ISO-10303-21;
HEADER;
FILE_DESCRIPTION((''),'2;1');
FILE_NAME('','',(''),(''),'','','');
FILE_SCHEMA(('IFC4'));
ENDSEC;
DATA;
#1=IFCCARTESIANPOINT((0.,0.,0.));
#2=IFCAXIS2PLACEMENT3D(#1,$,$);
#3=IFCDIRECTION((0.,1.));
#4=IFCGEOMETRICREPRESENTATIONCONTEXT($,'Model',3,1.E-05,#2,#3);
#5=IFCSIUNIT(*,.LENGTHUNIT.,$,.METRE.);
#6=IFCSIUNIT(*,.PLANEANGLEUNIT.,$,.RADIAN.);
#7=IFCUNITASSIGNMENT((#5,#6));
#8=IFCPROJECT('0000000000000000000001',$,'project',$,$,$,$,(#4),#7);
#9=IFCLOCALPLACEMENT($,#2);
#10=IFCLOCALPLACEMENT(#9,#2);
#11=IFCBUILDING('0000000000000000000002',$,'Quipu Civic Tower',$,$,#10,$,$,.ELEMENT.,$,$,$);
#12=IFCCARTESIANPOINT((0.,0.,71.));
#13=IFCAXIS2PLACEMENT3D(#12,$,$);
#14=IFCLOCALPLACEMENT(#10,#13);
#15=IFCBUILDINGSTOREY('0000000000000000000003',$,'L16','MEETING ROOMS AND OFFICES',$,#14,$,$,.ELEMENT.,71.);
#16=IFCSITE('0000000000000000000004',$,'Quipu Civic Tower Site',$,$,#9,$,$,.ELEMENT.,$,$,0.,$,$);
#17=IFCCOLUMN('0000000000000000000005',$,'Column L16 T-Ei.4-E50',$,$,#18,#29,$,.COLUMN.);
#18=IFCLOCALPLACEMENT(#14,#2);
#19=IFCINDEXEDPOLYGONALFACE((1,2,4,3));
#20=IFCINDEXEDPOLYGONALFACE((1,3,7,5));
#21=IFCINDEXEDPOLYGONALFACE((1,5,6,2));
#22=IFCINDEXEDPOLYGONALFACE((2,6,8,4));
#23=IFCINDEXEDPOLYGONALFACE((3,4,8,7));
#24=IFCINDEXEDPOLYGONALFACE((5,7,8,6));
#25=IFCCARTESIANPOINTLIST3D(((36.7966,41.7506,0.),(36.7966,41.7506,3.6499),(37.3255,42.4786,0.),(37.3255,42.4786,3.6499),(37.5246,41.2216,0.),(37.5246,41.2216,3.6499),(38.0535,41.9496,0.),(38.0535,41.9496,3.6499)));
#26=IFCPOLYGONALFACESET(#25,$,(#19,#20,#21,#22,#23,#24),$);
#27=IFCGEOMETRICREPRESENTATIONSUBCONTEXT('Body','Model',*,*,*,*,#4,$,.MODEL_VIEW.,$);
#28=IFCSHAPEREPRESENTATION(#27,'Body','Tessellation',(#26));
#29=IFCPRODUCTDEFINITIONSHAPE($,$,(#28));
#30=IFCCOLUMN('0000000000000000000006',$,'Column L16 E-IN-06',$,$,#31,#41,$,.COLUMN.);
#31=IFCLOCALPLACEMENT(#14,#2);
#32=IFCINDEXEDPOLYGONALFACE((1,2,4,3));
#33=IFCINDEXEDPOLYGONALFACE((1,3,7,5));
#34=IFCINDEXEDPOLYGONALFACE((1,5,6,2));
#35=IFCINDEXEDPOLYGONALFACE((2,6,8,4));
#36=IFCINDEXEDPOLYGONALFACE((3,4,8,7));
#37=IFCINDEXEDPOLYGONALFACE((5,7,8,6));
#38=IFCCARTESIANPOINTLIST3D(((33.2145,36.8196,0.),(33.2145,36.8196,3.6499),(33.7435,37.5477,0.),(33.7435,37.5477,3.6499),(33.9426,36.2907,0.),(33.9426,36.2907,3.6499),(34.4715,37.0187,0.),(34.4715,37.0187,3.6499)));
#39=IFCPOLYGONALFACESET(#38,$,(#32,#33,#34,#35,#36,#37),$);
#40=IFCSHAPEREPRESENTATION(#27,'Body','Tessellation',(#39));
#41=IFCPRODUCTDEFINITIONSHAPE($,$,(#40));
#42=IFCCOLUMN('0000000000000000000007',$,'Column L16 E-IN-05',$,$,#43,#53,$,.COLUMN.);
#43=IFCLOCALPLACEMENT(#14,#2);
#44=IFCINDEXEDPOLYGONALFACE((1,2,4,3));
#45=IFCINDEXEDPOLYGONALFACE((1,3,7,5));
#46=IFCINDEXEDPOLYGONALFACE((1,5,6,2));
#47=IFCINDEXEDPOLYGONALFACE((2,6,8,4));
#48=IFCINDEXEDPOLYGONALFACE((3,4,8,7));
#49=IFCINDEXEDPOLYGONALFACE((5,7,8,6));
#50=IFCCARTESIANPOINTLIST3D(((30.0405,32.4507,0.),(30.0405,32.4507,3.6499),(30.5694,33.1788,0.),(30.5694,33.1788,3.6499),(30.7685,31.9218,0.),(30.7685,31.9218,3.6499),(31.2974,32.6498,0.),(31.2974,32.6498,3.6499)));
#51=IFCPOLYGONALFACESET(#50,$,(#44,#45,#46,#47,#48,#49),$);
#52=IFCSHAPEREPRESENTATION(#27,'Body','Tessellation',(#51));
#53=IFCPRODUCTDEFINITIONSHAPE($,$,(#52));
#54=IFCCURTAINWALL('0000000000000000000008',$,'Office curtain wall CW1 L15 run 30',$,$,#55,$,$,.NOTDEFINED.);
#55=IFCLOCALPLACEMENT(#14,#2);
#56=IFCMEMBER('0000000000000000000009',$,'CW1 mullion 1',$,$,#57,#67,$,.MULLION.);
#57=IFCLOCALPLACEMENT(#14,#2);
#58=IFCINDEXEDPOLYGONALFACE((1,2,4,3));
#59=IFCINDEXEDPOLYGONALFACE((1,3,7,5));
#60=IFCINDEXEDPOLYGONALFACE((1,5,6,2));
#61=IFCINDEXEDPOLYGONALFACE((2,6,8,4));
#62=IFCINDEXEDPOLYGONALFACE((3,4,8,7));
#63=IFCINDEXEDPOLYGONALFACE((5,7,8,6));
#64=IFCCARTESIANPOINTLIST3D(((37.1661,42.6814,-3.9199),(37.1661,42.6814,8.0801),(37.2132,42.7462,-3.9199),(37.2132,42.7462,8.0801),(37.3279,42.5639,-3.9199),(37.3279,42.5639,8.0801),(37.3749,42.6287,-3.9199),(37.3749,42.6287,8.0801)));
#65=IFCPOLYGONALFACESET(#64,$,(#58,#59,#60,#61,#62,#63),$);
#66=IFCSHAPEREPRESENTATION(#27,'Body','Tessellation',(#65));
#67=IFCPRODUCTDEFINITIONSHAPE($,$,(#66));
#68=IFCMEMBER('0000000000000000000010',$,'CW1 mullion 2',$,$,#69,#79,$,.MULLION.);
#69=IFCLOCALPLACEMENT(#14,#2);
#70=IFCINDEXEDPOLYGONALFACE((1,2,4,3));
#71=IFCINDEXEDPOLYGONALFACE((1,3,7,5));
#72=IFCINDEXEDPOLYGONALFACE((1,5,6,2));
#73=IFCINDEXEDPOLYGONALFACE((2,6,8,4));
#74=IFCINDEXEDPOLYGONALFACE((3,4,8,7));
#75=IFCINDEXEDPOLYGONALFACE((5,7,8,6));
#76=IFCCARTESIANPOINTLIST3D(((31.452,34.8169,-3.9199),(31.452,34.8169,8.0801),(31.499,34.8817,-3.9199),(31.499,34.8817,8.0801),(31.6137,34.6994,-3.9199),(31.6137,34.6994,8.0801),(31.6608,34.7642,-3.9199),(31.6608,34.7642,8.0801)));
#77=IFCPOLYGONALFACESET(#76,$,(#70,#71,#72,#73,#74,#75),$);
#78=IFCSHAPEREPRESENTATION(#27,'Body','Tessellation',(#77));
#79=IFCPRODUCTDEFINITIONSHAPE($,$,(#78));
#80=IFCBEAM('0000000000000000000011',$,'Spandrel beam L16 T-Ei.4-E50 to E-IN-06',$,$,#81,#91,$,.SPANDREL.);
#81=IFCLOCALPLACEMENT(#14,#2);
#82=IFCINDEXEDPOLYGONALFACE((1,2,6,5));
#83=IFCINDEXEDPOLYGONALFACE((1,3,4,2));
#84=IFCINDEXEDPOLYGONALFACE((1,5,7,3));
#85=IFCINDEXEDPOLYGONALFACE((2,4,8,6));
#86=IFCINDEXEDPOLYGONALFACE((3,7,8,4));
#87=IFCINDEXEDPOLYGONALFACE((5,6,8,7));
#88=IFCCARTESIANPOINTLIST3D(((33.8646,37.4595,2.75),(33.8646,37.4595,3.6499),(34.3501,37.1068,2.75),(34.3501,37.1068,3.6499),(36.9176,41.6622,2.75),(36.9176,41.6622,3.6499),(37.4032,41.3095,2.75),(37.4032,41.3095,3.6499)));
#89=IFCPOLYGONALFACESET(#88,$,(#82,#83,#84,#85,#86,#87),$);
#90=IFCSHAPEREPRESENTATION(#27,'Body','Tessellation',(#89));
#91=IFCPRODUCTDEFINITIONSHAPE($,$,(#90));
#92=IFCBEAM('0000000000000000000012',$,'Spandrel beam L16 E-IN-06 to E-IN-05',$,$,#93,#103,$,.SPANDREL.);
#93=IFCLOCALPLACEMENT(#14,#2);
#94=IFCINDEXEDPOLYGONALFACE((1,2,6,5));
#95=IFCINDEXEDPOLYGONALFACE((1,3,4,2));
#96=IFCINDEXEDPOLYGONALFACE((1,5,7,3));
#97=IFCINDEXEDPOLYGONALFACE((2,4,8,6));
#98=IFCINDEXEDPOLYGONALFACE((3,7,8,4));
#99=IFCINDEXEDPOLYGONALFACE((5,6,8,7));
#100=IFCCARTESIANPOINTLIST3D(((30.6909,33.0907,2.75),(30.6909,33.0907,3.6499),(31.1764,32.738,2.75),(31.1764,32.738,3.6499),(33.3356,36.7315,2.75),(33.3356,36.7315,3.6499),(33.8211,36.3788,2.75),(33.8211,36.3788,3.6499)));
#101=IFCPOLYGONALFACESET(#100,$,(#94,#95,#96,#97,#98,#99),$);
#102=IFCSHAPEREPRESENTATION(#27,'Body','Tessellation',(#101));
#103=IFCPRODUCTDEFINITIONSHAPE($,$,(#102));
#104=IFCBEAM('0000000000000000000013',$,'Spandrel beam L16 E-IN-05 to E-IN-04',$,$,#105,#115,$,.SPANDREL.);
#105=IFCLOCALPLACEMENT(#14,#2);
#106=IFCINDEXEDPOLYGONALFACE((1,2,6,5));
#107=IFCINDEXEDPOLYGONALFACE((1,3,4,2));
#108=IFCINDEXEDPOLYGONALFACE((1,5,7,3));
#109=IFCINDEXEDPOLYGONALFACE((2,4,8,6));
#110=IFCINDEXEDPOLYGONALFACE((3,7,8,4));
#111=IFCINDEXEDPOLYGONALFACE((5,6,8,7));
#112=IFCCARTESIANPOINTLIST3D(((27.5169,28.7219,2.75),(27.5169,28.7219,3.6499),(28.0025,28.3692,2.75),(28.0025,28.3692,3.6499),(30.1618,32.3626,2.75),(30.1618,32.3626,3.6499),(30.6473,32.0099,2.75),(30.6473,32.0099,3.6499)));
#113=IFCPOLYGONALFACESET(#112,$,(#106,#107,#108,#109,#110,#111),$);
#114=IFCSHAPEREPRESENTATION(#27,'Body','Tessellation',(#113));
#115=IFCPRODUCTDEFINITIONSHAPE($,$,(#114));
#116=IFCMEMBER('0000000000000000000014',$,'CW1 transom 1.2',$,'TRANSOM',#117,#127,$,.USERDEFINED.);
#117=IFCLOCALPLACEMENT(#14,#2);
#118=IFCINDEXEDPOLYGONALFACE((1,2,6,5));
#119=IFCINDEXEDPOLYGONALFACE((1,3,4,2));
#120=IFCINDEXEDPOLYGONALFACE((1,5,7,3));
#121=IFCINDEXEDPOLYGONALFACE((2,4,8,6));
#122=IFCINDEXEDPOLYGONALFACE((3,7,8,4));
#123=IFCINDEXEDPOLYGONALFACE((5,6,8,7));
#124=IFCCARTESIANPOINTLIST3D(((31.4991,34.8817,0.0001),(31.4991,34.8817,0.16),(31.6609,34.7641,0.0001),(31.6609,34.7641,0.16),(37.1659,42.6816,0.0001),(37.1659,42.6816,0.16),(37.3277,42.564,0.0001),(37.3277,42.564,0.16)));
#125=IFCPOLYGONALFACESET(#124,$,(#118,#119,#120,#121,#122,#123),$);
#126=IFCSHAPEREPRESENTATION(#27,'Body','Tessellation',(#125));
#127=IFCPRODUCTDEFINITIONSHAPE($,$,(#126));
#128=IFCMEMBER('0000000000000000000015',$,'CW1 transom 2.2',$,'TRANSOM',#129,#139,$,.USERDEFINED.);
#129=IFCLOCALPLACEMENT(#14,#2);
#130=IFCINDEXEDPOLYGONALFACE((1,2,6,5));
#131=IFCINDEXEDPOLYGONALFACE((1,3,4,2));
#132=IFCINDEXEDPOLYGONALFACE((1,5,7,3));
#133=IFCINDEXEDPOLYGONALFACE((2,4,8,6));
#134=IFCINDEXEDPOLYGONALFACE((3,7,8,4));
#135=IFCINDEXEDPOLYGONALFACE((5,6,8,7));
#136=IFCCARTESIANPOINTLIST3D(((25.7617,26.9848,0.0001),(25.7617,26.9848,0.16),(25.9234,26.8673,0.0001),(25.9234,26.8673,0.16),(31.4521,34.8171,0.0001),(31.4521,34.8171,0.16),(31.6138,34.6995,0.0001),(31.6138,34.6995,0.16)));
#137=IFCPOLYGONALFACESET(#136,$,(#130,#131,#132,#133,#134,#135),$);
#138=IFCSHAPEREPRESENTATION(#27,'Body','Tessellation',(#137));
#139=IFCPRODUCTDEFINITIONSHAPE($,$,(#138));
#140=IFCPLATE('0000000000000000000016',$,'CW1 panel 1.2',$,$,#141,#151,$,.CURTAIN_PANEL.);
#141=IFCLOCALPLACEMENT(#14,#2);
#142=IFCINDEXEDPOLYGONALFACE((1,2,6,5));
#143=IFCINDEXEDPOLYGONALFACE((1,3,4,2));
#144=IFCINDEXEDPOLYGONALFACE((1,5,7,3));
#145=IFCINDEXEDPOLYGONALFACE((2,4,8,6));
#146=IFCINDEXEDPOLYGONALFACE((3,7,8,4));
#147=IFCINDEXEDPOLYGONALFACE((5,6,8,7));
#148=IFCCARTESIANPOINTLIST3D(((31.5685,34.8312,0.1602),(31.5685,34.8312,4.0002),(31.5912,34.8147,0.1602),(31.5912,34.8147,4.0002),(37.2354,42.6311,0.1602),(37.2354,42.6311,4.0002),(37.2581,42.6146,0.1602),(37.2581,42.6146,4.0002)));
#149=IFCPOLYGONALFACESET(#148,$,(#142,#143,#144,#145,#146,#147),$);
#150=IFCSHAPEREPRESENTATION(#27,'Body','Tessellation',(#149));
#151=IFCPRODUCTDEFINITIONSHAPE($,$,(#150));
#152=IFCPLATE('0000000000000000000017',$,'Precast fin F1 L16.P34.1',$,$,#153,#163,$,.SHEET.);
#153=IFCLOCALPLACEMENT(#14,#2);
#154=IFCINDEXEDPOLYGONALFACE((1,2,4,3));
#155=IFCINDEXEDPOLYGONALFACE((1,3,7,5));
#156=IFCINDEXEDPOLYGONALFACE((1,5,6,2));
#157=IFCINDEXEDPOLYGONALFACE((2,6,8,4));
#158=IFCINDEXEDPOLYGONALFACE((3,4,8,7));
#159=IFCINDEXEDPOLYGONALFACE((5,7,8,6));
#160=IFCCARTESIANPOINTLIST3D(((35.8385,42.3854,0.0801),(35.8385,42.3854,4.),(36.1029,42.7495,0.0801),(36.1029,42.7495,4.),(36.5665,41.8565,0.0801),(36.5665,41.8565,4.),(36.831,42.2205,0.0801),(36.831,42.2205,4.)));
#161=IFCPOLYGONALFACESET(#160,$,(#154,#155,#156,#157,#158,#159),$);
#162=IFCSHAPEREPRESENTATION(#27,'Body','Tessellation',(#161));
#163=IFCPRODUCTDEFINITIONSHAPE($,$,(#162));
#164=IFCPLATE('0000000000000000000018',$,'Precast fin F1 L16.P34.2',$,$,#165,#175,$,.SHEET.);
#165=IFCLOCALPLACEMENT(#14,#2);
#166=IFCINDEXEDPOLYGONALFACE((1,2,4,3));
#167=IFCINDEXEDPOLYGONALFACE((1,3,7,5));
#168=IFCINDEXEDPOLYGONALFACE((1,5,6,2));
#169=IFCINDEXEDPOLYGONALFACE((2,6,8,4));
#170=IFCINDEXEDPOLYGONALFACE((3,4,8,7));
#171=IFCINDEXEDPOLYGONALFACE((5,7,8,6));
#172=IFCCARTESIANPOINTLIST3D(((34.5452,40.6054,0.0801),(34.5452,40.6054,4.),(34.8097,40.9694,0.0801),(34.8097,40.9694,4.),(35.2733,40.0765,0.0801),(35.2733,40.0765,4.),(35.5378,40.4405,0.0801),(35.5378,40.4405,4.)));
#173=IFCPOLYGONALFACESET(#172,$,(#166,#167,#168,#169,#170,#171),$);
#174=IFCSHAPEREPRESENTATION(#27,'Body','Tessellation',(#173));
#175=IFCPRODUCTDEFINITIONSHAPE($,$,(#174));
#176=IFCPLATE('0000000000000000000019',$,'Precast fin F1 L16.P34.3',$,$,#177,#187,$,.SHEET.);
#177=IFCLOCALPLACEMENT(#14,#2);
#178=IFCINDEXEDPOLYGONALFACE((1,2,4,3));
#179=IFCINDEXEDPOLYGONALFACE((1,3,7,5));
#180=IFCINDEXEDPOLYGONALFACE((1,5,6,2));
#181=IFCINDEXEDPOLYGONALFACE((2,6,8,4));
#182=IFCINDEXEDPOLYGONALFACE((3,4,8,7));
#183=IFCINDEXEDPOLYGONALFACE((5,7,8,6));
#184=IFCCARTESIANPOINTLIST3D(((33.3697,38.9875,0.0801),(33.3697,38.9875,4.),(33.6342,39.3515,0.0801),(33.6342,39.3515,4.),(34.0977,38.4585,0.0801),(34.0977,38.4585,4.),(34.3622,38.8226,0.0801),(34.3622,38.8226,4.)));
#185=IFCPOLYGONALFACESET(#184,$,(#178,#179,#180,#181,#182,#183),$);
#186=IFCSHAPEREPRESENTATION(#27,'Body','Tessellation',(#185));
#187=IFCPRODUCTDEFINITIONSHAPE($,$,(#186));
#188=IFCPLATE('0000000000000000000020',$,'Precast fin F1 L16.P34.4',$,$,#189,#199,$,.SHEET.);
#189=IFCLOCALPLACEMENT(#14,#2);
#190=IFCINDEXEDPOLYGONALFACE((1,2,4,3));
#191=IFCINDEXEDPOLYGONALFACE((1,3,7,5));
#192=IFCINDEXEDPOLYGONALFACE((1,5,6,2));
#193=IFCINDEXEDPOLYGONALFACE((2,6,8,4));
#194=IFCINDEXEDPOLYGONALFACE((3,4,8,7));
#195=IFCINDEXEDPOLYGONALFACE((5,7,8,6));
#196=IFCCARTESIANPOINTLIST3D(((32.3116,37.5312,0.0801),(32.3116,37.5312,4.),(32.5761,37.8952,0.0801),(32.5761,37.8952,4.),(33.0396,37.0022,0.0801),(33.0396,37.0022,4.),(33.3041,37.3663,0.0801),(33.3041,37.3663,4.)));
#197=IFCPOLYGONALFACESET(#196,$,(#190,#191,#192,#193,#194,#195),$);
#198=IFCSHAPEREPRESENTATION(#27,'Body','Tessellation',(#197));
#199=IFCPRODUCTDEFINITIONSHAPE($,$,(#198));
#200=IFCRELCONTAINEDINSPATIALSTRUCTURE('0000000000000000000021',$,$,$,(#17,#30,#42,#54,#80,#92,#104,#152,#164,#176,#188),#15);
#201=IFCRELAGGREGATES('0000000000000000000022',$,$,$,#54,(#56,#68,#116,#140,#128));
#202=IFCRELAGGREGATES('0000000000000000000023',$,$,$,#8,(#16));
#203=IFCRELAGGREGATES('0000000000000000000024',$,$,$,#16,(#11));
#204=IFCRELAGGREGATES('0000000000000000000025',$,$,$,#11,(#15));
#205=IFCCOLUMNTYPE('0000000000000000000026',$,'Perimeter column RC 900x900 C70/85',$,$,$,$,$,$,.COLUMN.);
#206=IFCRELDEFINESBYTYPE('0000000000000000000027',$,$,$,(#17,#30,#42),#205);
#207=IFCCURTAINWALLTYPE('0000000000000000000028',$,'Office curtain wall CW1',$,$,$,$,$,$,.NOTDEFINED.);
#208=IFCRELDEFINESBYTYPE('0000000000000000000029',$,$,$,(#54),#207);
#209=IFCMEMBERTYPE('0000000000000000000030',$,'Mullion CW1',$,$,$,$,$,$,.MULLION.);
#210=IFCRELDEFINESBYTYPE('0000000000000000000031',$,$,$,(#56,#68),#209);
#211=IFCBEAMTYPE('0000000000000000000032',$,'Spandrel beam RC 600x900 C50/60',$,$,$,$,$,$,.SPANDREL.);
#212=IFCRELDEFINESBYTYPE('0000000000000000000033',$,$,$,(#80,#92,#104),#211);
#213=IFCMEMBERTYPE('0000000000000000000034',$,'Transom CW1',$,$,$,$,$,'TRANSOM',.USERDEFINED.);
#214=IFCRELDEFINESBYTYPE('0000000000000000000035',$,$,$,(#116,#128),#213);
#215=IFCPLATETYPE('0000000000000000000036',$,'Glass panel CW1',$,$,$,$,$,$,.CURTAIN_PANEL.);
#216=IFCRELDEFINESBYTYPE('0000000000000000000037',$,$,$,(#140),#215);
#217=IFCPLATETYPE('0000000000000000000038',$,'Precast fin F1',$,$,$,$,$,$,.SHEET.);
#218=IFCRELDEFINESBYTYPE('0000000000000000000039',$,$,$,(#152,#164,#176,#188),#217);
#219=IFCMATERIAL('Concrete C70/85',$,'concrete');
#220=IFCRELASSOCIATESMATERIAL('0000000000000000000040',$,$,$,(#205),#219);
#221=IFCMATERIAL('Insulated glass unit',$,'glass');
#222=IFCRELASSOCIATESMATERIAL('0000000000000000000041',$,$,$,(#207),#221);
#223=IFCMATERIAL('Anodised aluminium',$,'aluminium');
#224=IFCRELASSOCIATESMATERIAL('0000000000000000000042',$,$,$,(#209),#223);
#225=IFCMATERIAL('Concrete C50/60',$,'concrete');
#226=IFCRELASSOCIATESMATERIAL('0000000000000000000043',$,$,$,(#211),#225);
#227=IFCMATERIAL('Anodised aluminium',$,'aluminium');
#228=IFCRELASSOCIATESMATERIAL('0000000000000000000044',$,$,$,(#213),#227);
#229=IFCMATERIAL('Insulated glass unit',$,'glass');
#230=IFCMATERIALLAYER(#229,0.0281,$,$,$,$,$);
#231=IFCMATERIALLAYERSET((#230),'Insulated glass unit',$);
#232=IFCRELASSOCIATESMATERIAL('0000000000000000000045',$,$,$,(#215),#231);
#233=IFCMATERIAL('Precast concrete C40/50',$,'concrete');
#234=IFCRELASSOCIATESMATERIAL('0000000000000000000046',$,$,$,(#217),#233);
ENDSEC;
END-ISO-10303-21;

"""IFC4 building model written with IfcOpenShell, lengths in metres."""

from ifc_helpers import new_model, si_unit, direction, frame, origin, origin_2d, place, context, subcontext, project, spatial, rectangle, extrude, material, layer, layer_set, material_profile, profile_set, type_object, element, aggregate, save


model = new_model("IFC4")

# Units and contexts
model_context = context("Model", 3, precision=1e-05, world=origin(), true_north=direction((0.0, 1.0)))
body_context = subcontext(model_context, "Body", "Model", "MODEL_VIEW")
ifc_project = project(units=[si_unit("LENGTHUNIT", "METRE"), si_unit("PLANEANGLEUNIT", "RADIAN")], contexts=[model_context])

# Site, building, storey
site_placement = place(None, origin())
site = spatial("IfcSite", under=ifc_project, at=site_placement, Name="Quipu Civic Tower Site", CompositionType="ELEMENT", RefElevation=0.0)
building_placement = place(site_placement, origin())
building = spatial("IfcBuilding", under=site, at=building_placement, Name="Quipu Civic Tower", CompositionType="ELEMENT")
storey_placement = place(building_placement, frame((0.0, 0.0, 71.0)))
storey = spatial("IfcBuildingStorey", under=building, at=storey_placement, Name="L16", Description="MEETING ROOMS AND OFFICES", CompositionType="ELEMENT", Elevation=71.0)

# Columns
ifc_material_1 = material(Name="Concrete C70/85", Category="concrete")
ifc_material_profile_1 = material_profile(ifc_material_1, rectangle(XDim=0.8999, YDim=0.8999, at=origin_2d()), Name="RC900x900")
ifc_profile_set_1 = profile_set([ifc_material_profile_1], Name="Concrete C70/85")
column_type = type_object("IfcColumnType", Name="Perimeter column RC 900x900 C70/85", PredefinedType="COLUMN", material=ifc_profile_set_1)
for number, where, z_axis, x_axis, name in (
    (1, (37.425, 41.8501, 0.0), (0.0, 0.0, 1.0), (-0.587785, -0.809017, 0.0), "Column L16 T-Ei.4-E50"),
    (2, (33.843, 36.9192, 0.0), (0.0, 0.0, 1.0), (-0.587785, -0.809017, 0.0), "Column L16 E-IN-06"),
    (3, (30.6689, 32.5503, 0.0), (0.0, 0.0, 1.0), (-0.587785, -0.809017, 0.0), "Column L16 E-IN-05"),
):
    element("IfcColumn", number, at=place(storey_placement, frame(where, z_axis=z_axis, x_axis=x_axis)), inside=storey, type_object=column_type, Name=name, PredefinedType="COLUMN", context=body_context, shape_type="SweptSolid", body=[
        extrude(rectangle(XDim=0.8999, YDim=0.8999, at=origin_2d()), origin(), (0.0, 0.0, 1.0), 3.6499),
    ])

# Curtain wall, members
ifc_material_2 = material(Name="Insulated glass unit", Category="glass")
curtain_wall_type = type_object("IfcCurtainWallType", Name="Office curtain wall CW1", PredefinedType="NOTDEFINED", material=ifc_material_2)
curtain_wall_placement = place(storey_placement, origin())
curtain_wall = element("IfcCurtainWall", 4, at=curtain_wall_placement, inside=storey, type_object=curtain_wall_type, Name="Office curtain wall CW1 L15 run 30", PredefinedType="NOTDEFINED")
ifc_material_3 = material(Name="Anodised aluminium", Category="aluminium")
ifc_material_profile_2 = material_profile(ifc_material_3, rectangle(XDim=0.2, YDim=0.0801, at=origin_2d()), Name="RECT 200x80")
ifc_profile_set_2 = profile_set([ifc_material_profile_2], Name="Anodised aluminium")
member_type_1 = type_object("IfcMemberType", Name="Mullion CW1", PredefinedType="MULLION", material=ifc_profile_set_2)
member_1_placement = place(storey_placement, frame((37.2705, 42.655, -3.9199), z_axis=(0.0, 0.0, 1.0), x_axis=(0.809017, -0.587786, 0.0)))
member_1 = element("IfcMember", 5, at=member_1_placement, type_object=member_type_1, Name="CW1 mullion 1", PredefinedType="MULLION", context=body_context, shape_type="SweptSolid", body=[
    extrude(rectangle(XDim=0.2, YDim=0.0801, at=origin_2d()), origin(), (0.0, 0.0, 1.0), 12.0),
])
member_2_placement = place(storey_placement, frame((31.5564, 34.7905, -3.9199), z_axis=(0.0, 0.0, 1.0), x_axis=(0.809017, -0.587786, 0.0)))
member_2 = element("IfcMember", 6, at=member_2_placement, type_object=member_type_1, Name="CW1 mullion 2", PredefinedType="MULLION", context=body_context, shape_type="SweptSolid", body=[
    extrude(rectangle(XDim=0.2, YDim=0.0801, at=origin_2d()), origin(), (0.0, 0.0, 1.0), 12.0),
])

# Beams
ifc_material_4 = material(Name="Concrete C50/60", Category="concrete")
ifc_material_profile_3 = material_profile(ifc_material_4, rectangle(XDim=0.6001, YDim=0.8999, at=origin_2d()), Name="RC600x900")
ifc_profile_set_3 = profile_set([ifc_material_profile_3], Name="Concrete C50/60")
beam_type = type_object("IfcBeamType", Name="Spandrel beam RC 600x900 C50/60", PredefinedType="SPANDREL", material=ifc_profile_set_3)
beam_placement = place(storey_placement, frame((37.1604, 41.4858, 3.2), z_axis=(-0.587733, -0.809055, 0.0), x_axis=(0.809055, -0.587733, 0.0)))
element("IfcBeam", 7, at=beam_placement, inside=storey, type_object=beam_type, Name="Spandrel beam L16 T-Ei.4-E50 to E-IN-06", PredefinedType="SPANDREL", context=body_context, shape_type="SweptSolid", body=[
    extrude(rectangle(XDim=0.6001, YDim=0.8999, at=origin_2d()), origin(), (0.0, 0.0, 1.0), 5.1946),
])
for number, where, z_axis, x_axis, name in (
    (8, (33.5784, 36.5552, 3.2), (-0.587717, -0.809067, 0.0), (0.809067, -0.587717, 0.0), "Spandrel beam L16 E-IN-06 to E-IN-05"),
    (9, (30.4045, 32.1863, 3.2), (-0.587743, -0.809048, 0.0), (0.809048, -0.587743, 0.0), "Spandrel beam L16 E-IN-05 to E-IN-04"),
):
    element("IfcBeam", number, at=place(storey_placement, frame(where, z_axis=z_axis, x_axis=x_axis)), inside=storey, type_object=beam_type, Name=name, PredefinedType="SPANDREL", context=body_context, shape_type="SweptSolid", body=[
        extrude(rectangle(XDim=0.6001, YDim=0.8999, at=origin_2d()), origin(), (0.0, 0.0, 1.0), 4.5),
    ])

# Members
ifc_material_5 = material(Name="Anodised aluminium", Category="aluminium")
ifc_material_profile_4 = material_profile(ifc_material_5, rectangle(XDim=0.2, YDim=0.1599, at=origin_2d()), Name="RECT 200x160")
ifc_profile_set_4 = profile_set([ifc_material_profile_4], Name="Anodised aluminium")
member_type_2 = type_object("IfcMemberType", Name="Transom CW1", ElementType="TRANSOM", PredefinedType="USERDEFINED", material=ifc_profile_set_4)
member_3_placement = place(storey_placement, frame((37.2468, 42.6228, 0.0801), z_axis=(-0.587776, -0.809024, 0.0), x_axis=(0.809024, -0.587776, 0.0)))
member_3 = element("IfcMember", 10, at=member_3_placement, type_object=member_type_2, Name="CW1 transom 1.2", ObjectType="TRANSOM", PredefinedType="USERDEFINED", context=body_context, shape_type="SweptSolid", body=[
    extrude(rectangle(XDim=0.2, YDim=0.1599, at=origin_2d()), origin(), (0.0, 0.0, 1.0), 9.6411),
])
member_4_placement = place(storey_placement, frame((31.533, 34.7583, 0.0801), z_axis=(-0.587782, -0.80902, 0.0), x_axis=(0.80902, -0.587782, 0.0)))
member_4 = element("IfcMember", 11, at=member_4_placement, type_object=member_type_2, Name="CW1 transom 2.2", ObjectType="TRANSOM", PredefinedType="USERDEFINED", context=body_context, shape_type="SweptSolid", body=[
    extrude(rectangle(XDim=0.2, YDim=0.1599, at=origin_2d()), origin(), (0.0, 0.0, 1.0), 9.6812),
])

# Plate
ifc_material_6 = material(Name="Insulated glass unit", Category="glass")
ifc_layer_1 = layer(ifc_material_6, 0.0281)
ifc_layer_set_1 = layer_set([ifc_layer_1], Name="Insulated glass unit")
plate_type_1 = type_object("IfcPlateType", Name="Glass panel CW1", PredefinedType="CURTAIN_PANEL", material=ifc_layer_set_1)
plate_placement = place(storey_placement, frame((34.4133, 38.7229, 0.1602), z_axis=(0.0, 0.0, 1.0), x_axis=(-0.587786, -0.809017, 0.0)))
plate = element("IfcPlate", 12, at=plate_placement, type_object=plate_type_1, Name="CW1 panel 1.2", PredefinedType="CURTAIN_PANEL", context=body_context, shape_type="SweptSolid", body=[
    extrude(rectangle(XDim=9.6411, YDim=0.0281, at=origin_2d()), origin(), (0.0, 0.0, 1.0), 3.8401),
])
aggregate(curtain_wall, [member_1, member_2, member_3, plate, member_4])

# Plates
ifc_material_7 = material(Name="Precast concrete C40/50", Category="concrete")
plate_type_2 = type_object("IfcPlateType", Name="Precast fin F1", PredefinedType="SHEET", material=ifc_material_7)
for number, where, z_axis, x_axis, name in (
    (13, (36.3347, 42.303, 0.0801), (0.0, 0.0, 1.0), (-0.587785, -0.809017, 0.0), "Precast fin F1 L16.P34.1"),
    (14, (35.0415, 40.5229, 0.0801), (0.0, 0.0, 1.0), (-0.587785, -0.809017, 0.0), "Precast fin F1 L16.P34.2"),
    (15, (33.866, 38.905, 0.0801), (0.0, 0.0, 1.0), (-0.587785, -0.809017, 0.0), "Precast fin F1 L16.P34.3"),
    (16, (32.8079, 37.4487, 0.0801), (0.0, 0.0, 1.0), (-0.587785, -0.809017, 0.0), "Precast fin F1 L16.P34.4"),
):
    element("IfcPlate", number, at=place(storey_placement, frame(where, z_axis=z_axis, x_axis=x_axis)), inside=storey, type_object=plate_type_2, Name=name, PredefinedType="SHEET", context=body_context, shape_type="SweptSolid", body=[
        extrude(rectangle(XDim=0.45, YDim=0.8999, at=origin_2d()), origin(), (0.0, 0.0, 1.0), 3.9199),
    ])

save(model, "model.ifc")
